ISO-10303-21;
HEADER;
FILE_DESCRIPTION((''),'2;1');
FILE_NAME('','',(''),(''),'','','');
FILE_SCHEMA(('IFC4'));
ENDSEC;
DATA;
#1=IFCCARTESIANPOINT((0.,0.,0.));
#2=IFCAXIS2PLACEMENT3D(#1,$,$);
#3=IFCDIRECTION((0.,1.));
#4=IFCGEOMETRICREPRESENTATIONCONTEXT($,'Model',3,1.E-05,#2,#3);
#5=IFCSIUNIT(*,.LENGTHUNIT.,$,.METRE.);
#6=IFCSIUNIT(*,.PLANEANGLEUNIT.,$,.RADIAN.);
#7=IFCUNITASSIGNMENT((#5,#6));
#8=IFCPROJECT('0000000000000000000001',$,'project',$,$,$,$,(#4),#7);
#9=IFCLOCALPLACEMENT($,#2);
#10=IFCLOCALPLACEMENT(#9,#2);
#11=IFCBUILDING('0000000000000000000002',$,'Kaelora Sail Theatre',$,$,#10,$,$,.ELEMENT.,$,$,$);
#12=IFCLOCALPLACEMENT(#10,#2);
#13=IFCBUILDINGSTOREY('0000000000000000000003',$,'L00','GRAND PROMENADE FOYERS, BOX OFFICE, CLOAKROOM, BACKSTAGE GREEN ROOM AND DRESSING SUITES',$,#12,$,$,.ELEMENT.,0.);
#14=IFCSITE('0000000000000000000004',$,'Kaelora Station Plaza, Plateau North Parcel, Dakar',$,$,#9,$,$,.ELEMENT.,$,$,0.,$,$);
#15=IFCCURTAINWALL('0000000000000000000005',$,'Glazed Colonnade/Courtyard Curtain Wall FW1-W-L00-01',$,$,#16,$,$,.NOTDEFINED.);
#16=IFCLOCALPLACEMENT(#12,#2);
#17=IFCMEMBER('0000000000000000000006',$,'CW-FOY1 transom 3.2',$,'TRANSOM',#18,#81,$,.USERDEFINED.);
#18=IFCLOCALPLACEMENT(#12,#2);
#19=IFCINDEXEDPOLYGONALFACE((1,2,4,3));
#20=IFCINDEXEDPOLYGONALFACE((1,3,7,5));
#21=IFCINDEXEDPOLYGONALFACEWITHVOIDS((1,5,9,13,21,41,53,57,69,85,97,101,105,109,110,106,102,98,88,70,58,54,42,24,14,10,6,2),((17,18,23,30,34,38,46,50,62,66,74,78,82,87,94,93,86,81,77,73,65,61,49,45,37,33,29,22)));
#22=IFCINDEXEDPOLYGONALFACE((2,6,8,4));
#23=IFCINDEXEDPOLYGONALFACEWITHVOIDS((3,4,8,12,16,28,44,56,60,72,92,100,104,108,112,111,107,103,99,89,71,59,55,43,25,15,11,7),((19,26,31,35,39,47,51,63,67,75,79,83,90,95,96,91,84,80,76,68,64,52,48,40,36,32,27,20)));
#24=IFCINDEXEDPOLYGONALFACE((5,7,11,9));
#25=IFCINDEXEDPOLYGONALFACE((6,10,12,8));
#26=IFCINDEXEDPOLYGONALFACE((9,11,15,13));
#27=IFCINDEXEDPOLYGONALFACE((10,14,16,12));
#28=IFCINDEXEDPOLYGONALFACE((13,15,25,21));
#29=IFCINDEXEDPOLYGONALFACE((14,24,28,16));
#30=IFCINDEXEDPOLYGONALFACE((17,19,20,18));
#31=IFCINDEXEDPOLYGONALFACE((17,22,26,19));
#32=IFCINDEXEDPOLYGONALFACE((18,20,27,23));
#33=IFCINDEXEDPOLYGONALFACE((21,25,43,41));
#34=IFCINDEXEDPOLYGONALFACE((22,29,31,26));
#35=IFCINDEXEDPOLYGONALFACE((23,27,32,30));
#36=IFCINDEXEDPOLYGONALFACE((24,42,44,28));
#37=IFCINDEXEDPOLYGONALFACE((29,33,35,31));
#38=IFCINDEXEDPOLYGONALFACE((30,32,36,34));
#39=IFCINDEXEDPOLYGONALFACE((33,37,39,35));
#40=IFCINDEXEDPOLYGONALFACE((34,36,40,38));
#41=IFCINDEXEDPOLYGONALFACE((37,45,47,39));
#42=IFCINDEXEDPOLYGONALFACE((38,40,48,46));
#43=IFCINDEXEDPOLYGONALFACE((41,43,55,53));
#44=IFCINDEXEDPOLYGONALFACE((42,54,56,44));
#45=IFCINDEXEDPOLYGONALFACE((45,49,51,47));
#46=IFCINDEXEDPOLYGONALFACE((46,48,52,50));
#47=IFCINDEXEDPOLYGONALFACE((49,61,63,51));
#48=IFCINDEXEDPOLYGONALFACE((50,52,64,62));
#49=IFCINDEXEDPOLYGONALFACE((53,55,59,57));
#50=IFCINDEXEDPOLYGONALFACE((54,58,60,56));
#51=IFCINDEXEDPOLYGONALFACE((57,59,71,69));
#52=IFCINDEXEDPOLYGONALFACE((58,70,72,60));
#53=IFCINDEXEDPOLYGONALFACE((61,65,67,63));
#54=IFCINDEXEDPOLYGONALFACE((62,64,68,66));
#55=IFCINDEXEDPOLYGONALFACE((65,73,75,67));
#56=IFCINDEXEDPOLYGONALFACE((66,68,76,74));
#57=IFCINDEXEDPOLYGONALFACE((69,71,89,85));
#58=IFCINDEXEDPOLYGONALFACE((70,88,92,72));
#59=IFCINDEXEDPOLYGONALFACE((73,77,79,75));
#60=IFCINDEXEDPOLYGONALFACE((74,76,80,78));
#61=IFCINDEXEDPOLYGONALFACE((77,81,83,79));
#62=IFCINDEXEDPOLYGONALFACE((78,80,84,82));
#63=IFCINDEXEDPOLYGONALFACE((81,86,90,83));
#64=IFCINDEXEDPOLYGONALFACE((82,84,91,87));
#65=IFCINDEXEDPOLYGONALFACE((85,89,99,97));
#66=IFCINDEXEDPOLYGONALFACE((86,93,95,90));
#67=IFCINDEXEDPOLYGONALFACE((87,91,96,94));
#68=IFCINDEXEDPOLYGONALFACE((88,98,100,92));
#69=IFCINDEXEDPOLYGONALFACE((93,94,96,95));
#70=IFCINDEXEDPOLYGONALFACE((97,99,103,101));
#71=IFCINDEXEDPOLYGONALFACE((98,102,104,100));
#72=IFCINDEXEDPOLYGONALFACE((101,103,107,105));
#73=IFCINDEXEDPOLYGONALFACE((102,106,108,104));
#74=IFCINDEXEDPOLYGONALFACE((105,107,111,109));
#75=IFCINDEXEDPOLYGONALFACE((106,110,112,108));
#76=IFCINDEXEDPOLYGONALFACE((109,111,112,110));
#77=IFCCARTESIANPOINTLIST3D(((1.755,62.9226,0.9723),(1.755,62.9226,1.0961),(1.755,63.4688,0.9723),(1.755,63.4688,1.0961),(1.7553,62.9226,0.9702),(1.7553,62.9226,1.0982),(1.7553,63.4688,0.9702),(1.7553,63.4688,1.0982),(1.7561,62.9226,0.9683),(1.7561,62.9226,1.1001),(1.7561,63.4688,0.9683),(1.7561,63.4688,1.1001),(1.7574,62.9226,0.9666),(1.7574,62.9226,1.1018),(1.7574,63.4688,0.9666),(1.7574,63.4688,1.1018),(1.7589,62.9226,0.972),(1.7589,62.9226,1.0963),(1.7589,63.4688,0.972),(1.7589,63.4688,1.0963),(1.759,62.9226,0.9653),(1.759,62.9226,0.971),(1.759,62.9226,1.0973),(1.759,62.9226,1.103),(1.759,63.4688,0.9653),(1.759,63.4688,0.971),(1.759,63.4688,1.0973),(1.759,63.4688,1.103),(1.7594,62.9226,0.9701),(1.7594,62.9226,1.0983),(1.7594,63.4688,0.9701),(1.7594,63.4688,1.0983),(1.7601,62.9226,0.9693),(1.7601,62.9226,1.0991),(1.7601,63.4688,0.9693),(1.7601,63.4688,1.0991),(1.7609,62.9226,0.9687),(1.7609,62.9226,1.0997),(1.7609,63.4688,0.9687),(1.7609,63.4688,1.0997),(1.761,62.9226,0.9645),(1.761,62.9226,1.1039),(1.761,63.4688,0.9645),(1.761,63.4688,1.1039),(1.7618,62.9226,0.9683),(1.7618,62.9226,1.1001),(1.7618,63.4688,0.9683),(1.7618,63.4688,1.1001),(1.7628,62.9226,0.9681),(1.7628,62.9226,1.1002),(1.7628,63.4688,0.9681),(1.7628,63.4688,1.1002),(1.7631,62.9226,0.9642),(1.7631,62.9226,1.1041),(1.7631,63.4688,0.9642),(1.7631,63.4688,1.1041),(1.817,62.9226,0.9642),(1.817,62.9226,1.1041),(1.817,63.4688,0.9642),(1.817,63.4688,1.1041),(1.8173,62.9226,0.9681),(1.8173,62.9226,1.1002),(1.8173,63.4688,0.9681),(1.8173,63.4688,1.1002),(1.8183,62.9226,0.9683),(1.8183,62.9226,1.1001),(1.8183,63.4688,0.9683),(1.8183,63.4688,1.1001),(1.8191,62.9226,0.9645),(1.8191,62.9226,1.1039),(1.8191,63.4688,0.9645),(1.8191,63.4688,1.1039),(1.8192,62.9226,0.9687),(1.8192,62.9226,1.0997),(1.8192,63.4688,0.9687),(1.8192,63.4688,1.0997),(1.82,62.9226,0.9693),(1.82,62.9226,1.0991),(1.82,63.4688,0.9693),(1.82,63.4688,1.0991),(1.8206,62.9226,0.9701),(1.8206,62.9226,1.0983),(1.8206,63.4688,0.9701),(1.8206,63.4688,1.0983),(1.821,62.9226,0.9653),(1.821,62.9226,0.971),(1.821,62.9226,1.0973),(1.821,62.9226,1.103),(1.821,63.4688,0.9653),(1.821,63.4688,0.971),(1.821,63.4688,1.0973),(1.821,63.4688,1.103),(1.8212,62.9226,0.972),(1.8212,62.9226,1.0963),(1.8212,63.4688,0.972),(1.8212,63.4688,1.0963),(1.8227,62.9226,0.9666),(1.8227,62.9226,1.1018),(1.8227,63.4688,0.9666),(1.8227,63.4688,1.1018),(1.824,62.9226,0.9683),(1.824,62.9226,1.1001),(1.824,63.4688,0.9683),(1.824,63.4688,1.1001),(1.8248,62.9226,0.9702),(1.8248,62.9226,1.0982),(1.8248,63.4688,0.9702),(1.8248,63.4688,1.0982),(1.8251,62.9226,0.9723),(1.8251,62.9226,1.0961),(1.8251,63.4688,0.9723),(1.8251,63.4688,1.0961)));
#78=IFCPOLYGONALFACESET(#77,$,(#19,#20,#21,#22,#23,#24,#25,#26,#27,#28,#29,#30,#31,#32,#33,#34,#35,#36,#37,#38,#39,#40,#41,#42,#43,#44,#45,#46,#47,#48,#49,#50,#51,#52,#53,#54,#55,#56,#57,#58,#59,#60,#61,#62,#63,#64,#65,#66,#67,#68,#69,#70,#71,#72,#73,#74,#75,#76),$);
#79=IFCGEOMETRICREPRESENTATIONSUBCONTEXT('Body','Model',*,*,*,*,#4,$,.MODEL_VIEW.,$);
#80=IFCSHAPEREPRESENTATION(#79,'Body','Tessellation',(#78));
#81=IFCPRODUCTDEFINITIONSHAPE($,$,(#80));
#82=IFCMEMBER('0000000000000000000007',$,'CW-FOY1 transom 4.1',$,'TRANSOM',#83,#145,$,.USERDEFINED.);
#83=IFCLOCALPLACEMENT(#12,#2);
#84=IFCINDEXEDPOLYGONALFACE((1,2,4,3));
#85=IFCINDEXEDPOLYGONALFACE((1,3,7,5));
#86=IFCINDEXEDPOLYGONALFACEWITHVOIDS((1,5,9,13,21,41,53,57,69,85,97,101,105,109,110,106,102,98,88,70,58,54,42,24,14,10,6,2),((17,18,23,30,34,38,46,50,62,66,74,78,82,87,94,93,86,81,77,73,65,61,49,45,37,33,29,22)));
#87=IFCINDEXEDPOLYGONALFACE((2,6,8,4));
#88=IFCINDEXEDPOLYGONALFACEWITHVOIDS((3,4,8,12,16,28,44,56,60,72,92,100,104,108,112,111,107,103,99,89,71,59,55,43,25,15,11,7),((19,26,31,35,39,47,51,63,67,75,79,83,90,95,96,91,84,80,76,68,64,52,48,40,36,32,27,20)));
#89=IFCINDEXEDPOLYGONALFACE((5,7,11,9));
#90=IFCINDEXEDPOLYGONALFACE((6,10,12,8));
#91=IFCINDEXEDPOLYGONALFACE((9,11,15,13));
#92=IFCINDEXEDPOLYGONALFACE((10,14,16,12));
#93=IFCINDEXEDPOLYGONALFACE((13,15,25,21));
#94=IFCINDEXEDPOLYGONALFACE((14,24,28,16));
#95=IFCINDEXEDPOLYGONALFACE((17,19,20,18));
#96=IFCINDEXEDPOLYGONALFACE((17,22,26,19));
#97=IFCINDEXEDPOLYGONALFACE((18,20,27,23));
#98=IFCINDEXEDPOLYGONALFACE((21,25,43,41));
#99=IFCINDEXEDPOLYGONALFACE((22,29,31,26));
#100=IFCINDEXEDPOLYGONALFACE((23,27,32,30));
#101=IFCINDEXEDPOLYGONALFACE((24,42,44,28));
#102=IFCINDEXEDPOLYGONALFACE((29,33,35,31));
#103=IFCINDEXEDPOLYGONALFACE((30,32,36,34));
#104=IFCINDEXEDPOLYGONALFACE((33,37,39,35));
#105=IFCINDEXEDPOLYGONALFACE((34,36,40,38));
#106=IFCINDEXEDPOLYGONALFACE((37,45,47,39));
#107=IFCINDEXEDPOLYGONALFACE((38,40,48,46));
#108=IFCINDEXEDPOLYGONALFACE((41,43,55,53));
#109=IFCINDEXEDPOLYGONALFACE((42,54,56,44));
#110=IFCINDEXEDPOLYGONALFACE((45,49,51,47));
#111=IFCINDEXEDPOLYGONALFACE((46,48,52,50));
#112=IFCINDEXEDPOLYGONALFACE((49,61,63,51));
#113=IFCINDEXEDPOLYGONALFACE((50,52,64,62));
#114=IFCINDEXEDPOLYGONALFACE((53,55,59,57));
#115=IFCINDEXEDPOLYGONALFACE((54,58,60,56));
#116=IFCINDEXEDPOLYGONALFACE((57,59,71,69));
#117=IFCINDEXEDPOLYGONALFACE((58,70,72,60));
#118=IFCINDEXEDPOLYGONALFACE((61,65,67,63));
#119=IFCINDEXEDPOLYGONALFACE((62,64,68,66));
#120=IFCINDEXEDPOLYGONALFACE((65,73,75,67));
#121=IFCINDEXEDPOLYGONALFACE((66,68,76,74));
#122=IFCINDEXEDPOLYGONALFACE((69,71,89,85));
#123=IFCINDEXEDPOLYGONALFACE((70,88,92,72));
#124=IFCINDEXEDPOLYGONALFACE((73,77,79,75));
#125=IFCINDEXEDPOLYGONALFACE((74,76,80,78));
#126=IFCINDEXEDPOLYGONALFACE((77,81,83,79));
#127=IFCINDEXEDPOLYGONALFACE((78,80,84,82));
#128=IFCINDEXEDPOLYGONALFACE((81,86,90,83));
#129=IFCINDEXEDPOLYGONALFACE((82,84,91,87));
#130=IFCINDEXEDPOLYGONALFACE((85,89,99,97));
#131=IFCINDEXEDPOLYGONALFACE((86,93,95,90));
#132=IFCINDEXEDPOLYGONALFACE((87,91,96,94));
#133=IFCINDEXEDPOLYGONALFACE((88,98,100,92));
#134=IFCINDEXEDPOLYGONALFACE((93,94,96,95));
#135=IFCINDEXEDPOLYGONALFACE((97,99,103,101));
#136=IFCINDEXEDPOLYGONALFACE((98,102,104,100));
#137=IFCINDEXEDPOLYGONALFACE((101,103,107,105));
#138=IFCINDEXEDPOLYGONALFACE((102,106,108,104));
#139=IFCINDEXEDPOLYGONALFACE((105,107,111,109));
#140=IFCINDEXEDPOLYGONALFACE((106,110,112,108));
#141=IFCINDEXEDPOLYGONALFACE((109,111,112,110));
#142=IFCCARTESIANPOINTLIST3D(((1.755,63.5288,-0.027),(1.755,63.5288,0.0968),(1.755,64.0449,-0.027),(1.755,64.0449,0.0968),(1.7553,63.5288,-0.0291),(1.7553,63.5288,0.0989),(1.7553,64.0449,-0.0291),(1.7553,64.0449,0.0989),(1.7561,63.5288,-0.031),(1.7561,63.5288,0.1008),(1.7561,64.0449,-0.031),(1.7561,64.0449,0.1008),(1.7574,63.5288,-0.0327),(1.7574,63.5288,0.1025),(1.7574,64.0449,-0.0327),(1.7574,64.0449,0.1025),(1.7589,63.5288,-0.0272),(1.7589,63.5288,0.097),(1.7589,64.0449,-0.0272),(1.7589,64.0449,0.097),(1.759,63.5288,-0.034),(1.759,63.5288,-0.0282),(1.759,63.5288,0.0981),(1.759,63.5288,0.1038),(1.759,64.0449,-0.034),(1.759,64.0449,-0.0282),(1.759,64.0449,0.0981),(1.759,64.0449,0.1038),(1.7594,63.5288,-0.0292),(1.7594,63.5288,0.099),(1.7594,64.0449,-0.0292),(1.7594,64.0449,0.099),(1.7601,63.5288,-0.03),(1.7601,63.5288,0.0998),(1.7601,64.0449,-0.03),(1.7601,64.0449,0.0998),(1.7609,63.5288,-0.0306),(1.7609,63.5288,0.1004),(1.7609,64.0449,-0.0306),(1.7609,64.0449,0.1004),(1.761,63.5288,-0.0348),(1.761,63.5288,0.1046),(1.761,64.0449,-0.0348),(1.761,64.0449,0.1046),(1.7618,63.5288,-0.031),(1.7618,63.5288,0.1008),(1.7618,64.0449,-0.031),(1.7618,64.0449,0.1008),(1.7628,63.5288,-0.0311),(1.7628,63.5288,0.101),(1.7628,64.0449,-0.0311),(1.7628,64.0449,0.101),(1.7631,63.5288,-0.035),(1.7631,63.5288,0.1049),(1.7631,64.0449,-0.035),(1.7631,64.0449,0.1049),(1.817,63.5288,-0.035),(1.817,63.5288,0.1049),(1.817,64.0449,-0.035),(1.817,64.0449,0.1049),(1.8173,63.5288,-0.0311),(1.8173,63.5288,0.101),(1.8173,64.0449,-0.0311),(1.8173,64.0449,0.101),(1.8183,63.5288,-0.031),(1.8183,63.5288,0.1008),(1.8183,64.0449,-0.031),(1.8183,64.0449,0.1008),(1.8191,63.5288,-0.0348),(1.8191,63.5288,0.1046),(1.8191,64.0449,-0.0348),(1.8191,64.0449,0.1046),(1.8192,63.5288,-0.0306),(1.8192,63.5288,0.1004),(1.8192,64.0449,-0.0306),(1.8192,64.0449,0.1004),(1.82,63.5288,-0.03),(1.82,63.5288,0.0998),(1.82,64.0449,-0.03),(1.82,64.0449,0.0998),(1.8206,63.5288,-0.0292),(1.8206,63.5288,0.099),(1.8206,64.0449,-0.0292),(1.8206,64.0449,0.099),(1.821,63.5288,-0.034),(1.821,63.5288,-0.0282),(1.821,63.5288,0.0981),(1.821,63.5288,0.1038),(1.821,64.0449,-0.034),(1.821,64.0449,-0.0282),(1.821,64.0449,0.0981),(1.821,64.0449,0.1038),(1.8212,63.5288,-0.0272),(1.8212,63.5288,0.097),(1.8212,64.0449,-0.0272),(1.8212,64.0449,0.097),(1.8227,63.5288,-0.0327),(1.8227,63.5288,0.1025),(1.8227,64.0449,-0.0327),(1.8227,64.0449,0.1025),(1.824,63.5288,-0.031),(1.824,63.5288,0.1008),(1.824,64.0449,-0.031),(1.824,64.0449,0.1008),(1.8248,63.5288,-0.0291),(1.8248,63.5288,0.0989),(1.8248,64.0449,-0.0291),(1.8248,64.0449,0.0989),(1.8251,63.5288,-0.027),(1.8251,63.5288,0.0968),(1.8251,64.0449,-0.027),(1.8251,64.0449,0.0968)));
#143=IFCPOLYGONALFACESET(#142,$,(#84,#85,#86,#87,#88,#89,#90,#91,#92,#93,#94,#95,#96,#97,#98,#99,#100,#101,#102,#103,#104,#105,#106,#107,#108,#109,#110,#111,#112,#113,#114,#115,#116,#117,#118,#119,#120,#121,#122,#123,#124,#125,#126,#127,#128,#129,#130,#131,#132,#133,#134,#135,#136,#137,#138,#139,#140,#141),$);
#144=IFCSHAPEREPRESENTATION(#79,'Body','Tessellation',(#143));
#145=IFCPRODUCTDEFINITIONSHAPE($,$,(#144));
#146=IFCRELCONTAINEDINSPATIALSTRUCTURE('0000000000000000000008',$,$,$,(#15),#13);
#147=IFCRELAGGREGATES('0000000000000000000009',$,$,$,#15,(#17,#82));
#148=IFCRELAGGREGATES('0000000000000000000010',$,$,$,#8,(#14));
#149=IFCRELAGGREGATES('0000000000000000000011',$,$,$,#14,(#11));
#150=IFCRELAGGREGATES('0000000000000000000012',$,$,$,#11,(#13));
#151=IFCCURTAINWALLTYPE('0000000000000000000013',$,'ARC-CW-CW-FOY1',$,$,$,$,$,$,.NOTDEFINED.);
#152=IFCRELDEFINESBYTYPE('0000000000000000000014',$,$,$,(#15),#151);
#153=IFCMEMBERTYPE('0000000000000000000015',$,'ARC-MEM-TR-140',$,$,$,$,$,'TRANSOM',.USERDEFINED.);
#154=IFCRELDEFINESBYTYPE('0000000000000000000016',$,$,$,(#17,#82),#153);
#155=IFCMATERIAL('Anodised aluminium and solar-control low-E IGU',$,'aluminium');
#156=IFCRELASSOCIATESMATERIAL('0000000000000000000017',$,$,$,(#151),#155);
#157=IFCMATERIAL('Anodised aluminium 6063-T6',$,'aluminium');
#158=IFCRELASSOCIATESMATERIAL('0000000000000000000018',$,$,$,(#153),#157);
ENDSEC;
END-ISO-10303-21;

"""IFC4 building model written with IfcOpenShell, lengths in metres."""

from ifc_helpers import new_model, si_unit, direction, frame, origin, origin_2d, place, context, subcontext, project, spatial, hollow_rectangle, extrude, material, material_profile, profile_set, type_object, element, aggregate, save


model = new_model("IFC4")

# Units and contexts
model_context = context("Model", 3, precision=1e-05, world=origin(), true_north=direction((0.0, 1.0)))
body_context = subcontext(model_context, "Body", "Model", "MODEL_VIEW")
ifc_project = project(units=[si_unit("LENGTHUNIT", "METRE"), si_unit("PLANEANGLEUNIT", "RADIAN")], contexts=[model_context])

# Site, building, storey
site_placement = place(None, origin())
site = spatial("IfcSite", under=ifc_project, at=site_placement, Name="Kaelora Station Plaza, Plateau North Parcel, Dakar", CompositionType="ELEMENT", RefElevation=0.0)
building_placement = place(site_placement, origin())
building = spatial("IfcBuilding", under=site, at=building_placement, Name="Kaelora Sail Theatre", CompositionType="ELEMENT")
storey_placement = place(building_placement, origin())
storey = spatial("IfcBuildingStorey", under=building, at=storey_placement, Name="L00", Description="GRAND PROMENADE FOYERS, BOX OFFICE, CLOAKROOM, BACKSTAGE GREEN ROOM AND DRESSING SUITES", CompositionType="ELEMENT", Elevation=0.0)

# Shared definitions
ifc_material_1 = material(Name="Anodised aluminium and solar-control low-E IGU", Category="aluminium")
curtain_wall_type = type_object("IfcCurtainWallType", Name="ARC-CW-CW-FOY1", PredefinedType="NOTDEFINED", material=ifc_material_1)

# Curtain wall, members
curtain_wall_1_placement = place(storey_placement, origin())
curtain_wall_1 = element("IfcCurtainWall", 1, at=curtain_wall_1_placement, inside=storey, type_object=curtain_wall_type, Name="Glazed Colonnade/Courtyard Curtain Wall FW1-W-L00-01", PredefinedType="NOTDEFINED")
ifc_material_2 = material(Name="Anodised aluminium 6063-T6", Category="aluminium")
ifc_material_profile_1 = material_profile(ifc_material_2, hollow_rectangle(XDim=0.0701, YDim=0.1399, WallThickness=0.0039, InnerFilletRadius=0.0039, OuterFilletRadius=0.0081, at=origin_2d()), Name="ALU-TRAN 70x140x4")
ifc_profile_set_1 = profile_set([ifc_material_profile_1], Name="Anodised aluminium 6063-T6")
member_type_1 = type_object("IfcMemberType", Name="ARC-MEM-TR-140", ElementType="TRANSOM", PredefinedType="USERDEFINED", material=ifc_profile_set_1)
member_1_placement = place(storey_placement, frame((1.79, 62.9226, 1.0342), z_axis=(0.0, 1.0, 0.0), x_axis=(-1.0, 0.0, 0.0)))
member_1 = element("IfcMember", 2, at=member_1_placement, type_object=member_type_1, Name="CW-FOY1 transom 3.2", ObjectType="TRANSOM", PredefinedType="USERDEFINED", context=body_context, shape_type="SweptSolid", body=[
    extrude(hollow_rectangle(XDim=0.0701, YDim=0.1399, WallThickness=0.0039, InnerFilletRadius=0.0039, OuterFilletRadius=0.0081, at=origin_2d()), origin(), (0.0, 0.0, 1.0), 0.5461),
])
member_2_placement = place(storey_placement, frame((1.79, 63.5288, 0.0349), z_axis=(0.0, 1.0, 0.0), x_axis=(-1.0, 0.0, 0.0)))
member_2 = element("IfcMember", 3, at=member_2_placement, type_object=member_type_1, Name="CW-FOY1 transom 4.1", ObjectType="TRANSOM", PredefinedType="USERDEFINED", context=body_context, shape_type="SweptSolid", body=[
    extrude(hollow_rectangle(XDim=0.0701, YDim=0.1399, WallThickness=0.0039, InnerFilletRadius=0.0039, OuterFilletRadius=0.0081, at=origin_2d()), origin(), (0.0, 0.0, 1.0), 0.5161),
])

aggregate(curtain_wall_1, [member_1, member_2])

save(model, "model.ifc")
